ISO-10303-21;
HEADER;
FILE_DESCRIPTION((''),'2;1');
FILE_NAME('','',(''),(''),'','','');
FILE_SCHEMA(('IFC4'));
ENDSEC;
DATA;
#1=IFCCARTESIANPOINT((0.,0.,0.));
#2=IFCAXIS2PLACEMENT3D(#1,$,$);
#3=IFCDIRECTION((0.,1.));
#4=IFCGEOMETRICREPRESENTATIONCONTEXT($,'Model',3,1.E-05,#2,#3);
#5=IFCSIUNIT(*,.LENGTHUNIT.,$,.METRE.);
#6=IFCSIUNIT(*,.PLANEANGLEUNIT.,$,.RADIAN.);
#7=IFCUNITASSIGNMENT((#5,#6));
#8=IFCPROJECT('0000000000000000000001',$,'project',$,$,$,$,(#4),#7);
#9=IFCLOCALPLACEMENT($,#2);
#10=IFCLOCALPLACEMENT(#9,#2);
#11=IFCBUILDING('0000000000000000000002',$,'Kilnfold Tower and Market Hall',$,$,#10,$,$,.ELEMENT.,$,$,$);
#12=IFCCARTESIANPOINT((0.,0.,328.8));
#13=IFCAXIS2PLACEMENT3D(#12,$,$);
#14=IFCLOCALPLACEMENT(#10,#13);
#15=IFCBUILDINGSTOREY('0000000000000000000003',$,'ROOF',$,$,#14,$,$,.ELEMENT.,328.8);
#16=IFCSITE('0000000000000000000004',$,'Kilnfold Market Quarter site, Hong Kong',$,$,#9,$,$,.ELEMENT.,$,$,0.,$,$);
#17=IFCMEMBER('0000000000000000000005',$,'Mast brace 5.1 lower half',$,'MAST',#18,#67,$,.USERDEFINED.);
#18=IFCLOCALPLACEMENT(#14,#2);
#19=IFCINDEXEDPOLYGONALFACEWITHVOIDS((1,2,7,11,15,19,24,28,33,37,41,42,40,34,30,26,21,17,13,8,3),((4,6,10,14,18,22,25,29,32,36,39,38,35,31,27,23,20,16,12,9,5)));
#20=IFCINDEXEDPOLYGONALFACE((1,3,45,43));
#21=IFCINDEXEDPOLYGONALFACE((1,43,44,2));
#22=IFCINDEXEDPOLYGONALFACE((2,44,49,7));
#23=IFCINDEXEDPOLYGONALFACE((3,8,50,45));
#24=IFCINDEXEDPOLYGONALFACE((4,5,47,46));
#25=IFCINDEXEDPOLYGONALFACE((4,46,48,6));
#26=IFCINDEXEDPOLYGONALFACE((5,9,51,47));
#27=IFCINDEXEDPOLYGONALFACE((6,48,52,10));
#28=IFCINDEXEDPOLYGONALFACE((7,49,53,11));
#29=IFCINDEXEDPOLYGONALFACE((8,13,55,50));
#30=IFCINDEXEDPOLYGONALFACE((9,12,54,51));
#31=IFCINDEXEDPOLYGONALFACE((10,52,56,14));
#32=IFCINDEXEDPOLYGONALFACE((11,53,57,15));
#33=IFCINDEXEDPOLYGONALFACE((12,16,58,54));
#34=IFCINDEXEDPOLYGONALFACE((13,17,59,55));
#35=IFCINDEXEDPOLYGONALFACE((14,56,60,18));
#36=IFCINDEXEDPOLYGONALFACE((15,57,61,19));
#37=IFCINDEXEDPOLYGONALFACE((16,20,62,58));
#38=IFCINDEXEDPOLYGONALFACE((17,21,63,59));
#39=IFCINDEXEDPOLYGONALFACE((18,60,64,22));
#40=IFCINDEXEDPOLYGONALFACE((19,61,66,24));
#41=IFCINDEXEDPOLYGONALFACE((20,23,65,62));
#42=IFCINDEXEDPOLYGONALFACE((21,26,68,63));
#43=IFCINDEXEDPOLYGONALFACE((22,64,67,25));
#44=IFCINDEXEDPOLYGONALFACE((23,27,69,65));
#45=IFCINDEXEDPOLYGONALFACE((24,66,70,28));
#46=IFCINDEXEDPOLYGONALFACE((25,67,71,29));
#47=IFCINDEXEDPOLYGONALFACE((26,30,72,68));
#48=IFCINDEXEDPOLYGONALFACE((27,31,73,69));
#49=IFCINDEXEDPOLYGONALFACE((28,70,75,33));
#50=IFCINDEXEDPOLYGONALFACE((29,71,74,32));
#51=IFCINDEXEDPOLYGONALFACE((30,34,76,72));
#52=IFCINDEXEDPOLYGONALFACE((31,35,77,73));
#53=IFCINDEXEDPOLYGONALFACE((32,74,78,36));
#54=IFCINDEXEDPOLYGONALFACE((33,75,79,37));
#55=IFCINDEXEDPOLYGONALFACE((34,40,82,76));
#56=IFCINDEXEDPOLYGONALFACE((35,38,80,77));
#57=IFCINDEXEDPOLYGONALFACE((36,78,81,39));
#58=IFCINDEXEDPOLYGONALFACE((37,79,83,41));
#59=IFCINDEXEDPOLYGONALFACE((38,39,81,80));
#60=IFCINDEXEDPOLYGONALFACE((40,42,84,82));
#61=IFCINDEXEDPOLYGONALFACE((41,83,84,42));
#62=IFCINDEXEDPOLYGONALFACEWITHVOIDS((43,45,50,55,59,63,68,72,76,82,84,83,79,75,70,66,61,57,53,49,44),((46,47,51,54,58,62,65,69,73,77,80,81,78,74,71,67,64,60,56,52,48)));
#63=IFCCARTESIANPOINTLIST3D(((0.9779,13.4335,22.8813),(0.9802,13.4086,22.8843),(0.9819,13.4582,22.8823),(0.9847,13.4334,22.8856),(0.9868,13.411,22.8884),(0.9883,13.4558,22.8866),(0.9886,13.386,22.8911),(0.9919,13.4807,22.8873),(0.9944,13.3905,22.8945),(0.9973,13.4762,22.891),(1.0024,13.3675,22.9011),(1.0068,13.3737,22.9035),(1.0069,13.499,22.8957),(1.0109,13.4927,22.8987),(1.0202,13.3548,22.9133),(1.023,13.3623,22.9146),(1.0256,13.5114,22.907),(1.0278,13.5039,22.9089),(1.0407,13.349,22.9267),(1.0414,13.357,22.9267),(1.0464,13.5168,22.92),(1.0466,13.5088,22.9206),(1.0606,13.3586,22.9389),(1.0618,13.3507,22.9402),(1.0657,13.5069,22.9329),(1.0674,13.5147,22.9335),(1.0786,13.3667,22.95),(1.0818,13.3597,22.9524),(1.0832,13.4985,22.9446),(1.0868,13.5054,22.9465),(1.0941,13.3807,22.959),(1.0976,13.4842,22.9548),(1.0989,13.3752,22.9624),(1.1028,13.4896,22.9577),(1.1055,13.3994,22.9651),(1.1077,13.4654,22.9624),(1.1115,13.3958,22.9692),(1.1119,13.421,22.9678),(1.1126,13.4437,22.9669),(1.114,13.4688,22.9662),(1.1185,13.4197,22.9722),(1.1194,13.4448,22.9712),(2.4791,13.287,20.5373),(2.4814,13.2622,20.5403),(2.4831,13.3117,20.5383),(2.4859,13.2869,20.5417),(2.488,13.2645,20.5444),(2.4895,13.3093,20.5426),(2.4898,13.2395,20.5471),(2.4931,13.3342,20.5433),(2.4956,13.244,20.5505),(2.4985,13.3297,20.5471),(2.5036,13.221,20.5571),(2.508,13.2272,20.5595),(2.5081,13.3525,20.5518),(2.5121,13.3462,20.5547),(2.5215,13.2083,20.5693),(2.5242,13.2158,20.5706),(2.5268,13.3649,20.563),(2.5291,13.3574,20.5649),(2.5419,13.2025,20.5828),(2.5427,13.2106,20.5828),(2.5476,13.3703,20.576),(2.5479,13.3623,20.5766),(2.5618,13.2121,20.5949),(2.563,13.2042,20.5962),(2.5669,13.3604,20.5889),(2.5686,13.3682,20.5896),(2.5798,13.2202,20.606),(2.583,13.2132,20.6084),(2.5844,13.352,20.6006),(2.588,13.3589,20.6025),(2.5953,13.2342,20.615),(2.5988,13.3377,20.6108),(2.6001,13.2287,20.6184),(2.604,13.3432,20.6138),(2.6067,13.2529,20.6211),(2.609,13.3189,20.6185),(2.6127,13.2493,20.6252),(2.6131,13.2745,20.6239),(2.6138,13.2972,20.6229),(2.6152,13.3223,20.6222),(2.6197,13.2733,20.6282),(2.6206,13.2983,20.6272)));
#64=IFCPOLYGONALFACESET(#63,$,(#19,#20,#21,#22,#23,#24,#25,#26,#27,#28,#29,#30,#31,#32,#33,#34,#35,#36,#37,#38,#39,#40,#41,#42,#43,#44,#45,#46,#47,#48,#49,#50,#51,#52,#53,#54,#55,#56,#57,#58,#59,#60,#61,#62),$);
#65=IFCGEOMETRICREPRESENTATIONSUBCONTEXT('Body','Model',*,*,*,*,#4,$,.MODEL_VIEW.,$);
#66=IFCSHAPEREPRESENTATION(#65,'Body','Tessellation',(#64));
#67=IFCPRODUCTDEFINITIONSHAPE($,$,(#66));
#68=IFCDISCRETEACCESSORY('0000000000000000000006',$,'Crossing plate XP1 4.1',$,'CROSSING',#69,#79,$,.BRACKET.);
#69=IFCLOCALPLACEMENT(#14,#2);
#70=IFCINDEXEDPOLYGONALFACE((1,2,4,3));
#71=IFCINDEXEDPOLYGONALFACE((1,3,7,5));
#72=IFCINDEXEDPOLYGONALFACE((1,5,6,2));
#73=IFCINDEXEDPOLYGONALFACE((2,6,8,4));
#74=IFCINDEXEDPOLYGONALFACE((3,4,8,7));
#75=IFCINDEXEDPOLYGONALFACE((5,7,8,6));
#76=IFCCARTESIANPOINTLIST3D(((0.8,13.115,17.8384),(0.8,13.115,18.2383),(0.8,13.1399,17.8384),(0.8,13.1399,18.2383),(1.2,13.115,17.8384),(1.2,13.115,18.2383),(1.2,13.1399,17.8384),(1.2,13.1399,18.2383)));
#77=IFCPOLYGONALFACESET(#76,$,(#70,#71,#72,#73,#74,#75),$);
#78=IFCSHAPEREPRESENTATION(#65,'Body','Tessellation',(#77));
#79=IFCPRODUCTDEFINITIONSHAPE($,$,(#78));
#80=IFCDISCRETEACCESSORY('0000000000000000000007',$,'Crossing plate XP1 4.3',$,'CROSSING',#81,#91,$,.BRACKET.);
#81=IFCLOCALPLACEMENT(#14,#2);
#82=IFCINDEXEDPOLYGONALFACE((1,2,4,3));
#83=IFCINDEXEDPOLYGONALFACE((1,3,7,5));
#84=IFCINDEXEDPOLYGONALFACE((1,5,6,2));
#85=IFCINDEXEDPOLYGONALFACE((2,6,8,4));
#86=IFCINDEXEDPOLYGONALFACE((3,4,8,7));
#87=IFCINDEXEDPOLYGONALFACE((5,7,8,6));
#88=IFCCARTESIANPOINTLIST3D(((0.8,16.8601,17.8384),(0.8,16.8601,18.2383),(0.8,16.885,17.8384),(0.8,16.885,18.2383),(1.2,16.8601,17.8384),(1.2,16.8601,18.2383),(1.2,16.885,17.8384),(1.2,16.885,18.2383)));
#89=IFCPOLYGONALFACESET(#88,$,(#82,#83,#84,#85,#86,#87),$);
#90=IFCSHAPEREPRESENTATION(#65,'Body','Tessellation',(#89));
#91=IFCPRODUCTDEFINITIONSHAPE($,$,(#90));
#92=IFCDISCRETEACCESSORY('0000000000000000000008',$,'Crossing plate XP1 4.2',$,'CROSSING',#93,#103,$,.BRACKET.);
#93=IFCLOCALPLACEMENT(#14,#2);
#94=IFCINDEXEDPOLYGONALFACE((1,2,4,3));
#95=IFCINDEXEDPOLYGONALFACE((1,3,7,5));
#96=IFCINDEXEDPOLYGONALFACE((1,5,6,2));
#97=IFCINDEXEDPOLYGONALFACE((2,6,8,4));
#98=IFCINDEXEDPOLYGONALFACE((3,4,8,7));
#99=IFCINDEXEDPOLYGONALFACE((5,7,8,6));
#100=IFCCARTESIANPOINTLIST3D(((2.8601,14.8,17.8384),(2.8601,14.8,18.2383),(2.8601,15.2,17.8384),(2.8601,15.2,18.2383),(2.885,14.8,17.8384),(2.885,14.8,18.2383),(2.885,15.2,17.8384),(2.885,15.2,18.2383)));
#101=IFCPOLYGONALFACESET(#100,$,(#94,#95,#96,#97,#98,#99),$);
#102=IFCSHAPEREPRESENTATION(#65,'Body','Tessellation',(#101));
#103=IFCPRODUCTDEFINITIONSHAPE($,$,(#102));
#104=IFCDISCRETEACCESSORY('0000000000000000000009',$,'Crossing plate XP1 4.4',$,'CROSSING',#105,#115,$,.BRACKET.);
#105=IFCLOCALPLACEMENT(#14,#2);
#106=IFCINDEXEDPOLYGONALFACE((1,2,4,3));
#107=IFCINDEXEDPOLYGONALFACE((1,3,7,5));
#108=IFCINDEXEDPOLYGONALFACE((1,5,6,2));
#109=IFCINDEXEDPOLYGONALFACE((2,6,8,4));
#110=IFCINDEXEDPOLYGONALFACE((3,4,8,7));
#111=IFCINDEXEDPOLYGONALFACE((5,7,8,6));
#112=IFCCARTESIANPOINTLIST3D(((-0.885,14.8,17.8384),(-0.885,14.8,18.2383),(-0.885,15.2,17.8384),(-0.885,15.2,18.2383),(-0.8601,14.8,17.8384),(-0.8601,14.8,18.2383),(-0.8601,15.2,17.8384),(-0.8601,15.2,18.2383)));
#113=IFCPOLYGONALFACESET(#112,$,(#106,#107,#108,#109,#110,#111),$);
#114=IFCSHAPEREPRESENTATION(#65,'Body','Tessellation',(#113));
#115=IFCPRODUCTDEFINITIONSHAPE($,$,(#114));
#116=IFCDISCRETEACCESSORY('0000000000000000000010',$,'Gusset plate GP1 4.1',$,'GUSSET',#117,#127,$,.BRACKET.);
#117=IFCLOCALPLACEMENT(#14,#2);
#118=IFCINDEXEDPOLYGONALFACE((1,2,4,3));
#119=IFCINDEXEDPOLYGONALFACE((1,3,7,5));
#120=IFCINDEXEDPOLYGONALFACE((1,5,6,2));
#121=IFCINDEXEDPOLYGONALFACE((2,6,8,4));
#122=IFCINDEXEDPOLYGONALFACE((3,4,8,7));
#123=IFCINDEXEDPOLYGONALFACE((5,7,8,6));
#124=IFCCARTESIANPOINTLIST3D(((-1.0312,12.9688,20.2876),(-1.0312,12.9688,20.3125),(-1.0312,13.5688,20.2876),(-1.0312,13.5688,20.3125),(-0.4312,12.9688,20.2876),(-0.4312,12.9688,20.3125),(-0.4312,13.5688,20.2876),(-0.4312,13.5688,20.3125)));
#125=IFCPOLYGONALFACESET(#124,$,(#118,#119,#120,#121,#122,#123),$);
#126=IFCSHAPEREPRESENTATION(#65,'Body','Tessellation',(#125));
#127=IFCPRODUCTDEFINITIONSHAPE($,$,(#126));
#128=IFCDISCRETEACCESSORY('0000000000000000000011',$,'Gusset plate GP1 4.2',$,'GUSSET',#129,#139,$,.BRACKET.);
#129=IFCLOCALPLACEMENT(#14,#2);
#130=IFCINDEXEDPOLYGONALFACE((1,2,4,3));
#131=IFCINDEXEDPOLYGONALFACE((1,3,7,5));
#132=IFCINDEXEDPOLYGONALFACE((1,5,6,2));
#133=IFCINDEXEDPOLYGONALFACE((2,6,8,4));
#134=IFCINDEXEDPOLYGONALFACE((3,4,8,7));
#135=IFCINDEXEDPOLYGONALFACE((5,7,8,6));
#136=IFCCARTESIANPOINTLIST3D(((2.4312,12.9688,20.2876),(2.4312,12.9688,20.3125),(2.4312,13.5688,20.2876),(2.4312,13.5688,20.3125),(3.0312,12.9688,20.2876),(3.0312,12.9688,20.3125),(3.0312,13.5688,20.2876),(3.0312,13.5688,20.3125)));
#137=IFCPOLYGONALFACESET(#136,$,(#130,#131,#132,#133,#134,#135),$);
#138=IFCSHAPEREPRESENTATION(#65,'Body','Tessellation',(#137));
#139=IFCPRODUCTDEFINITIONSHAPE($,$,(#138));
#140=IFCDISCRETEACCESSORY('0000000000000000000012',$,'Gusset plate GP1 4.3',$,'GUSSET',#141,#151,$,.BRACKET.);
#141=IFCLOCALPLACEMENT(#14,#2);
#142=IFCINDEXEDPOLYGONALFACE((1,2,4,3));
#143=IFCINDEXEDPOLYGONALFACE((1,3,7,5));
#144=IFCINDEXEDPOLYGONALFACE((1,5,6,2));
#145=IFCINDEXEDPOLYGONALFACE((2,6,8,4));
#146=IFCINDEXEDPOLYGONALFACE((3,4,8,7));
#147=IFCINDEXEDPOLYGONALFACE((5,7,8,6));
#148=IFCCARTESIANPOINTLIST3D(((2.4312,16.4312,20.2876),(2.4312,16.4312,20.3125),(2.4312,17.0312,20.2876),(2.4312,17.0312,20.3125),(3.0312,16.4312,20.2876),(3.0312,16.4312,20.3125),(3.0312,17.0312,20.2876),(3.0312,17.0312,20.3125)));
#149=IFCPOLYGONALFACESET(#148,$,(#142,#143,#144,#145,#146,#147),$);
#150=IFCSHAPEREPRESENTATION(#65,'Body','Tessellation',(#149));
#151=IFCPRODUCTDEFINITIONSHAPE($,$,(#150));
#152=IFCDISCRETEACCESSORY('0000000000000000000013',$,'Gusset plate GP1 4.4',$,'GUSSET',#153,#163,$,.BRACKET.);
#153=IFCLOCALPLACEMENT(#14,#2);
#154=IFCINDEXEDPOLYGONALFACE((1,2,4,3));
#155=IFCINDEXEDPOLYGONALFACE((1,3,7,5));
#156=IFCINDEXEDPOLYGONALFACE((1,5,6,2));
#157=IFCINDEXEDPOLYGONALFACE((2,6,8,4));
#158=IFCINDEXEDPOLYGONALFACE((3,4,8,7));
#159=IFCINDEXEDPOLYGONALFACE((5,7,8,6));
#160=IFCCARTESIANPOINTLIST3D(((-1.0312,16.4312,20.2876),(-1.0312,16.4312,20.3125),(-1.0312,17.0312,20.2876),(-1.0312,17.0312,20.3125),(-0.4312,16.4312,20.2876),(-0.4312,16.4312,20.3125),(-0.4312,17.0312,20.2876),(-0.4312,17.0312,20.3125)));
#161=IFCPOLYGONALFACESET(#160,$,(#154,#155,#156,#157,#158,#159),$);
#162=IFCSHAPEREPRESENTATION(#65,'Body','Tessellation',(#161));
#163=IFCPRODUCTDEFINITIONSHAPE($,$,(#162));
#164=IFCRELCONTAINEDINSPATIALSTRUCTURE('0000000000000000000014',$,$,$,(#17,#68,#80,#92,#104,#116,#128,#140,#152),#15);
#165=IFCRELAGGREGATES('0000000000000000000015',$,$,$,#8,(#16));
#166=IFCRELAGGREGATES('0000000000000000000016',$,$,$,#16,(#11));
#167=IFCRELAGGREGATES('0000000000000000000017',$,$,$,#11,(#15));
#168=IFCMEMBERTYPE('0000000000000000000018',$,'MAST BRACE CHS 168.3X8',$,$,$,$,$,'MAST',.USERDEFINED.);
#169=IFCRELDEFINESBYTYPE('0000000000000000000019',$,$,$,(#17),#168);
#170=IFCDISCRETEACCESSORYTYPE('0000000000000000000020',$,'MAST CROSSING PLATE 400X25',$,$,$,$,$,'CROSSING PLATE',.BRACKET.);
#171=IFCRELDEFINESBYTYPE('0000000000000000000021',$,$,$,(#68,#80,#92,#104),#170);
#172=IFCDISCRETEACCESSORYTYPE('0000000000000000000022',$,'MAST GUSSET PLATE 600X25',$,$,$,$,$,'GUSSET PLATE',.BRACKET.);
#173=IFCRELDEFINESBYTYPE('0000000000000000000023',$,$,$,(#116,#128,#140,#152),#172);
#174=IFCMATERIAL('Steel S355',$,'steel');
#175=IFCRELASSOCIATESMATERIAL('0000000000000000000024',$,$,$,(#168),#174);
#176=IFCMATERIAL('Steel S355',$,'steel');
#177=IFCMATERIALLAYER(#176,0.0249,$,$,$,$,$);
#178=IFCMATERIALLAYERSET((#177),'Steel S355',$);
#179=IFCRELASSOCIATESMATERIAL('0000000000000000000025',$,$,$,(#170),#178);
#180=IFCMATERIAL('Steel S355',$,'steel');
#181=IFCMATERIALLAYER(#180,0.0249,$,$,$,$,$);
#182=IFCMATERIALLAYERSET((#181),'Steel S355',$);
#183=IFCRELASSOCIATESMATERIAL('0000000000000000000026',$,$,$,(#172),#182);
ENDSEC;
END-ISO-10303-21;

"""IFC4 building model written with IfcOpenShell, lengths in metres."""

from ifc_helpers import new_model, si_unit, direction, frame, origin, origin_2d, place, context, subcontext, project, spatial, rectangle, hollow_circle, extrude, source, transform, mapped, material, layer, layer_set, material_profile, profile_set, type_object, element, save


model = new_model("IFC4")

# Units and contexts
model_context = context("Model", 3, precision=1e-05, world=origin(), true_north=direction((0.0, 1.0)))
body_context = subcontext(model_context, "Body", "Model", "MODEL_VIEW")
ifc_project = project(units=[si_unit("LENGTHUNIT", "METRE"), si_unit("PLANEANGLEUNIT", "RADIAN")], contexts=[model_context])

# Site, building, storey
site_placement = place(None, origin())
site = spatial("IfcSite", under=ifc_project, at=site_placement, Name="Kilnfold Market Quarter site, Hong Kong", CompositionType="ELEMENT", RefElevation=0.0)
building_placement = place(site_placement, origin())
building = spatial("IfcBuilding", under=site, at=building_placement, Name="Kilnfold Tower and Market Hall", CompositionType="ELEMENT")
storey_placement = place(building_placement, frame((0.0, 0.0, 328.8)))
storey = spatial("IfcBuildingStorey", under=building, at=storey_placement, Name="ROOF", CompositionType="ELEMENT", Elevation=328.8)

# Member
ifc_material_1 = material(Name="Steel S355", Category="steel")
ifc_material_profile_1 = material_profile(ifc_material_1, hollow_circle(Radius=0.0842, WallThickness=0.0081, at=origin_2d()), Name="CHS 168.3x8")
ifc_profile_set_1 = profile_set([ifc_material_profile_1], Name="Steel S355")
member_type_1 = type_object("IfcMemberType", Name="MAST BRACE CHS 168.3X8", ElementType="MAST", PredefinedType="USERDEFINED", material=ifc_profile_set_1)
shared_shape_1 = source(origin(), body_context, "Body", "SweptSolid", [
    extrude(hollow_circle(Radius=0.0842, WallThickness=0.0081, at=origin_2d()), origin(), (0.0, 0.0, 1.0), 2.7874),
])
member_placement = place(storey_placement, frame((2.55, 13.2864, 20.5828), z_axis=(-0.53858, 0.052553, 0.840934), x_axis=(-0.097116, -0.995273, 0.0)))
element("IfcMember", 1, at=member_placement, inside=storey, type_object=member_type_1, Name="Mast brace 5.1 lower half", ObjectType="MAST", PredefinedType="USERDEFINED", context=body_context, shape_type="MappedRepresentation", body=[
    mapped(shared_shape_1, transform((0.0, 0.0, 0.0))),
])

# Discrete accessories
ifc_material_2 = material(Name="Steel S355", Category="steel")
ifc_layer_1 = layer(ifc_material_2, 0.0249)
ifc_layer_set_1 = layer_set([ifc_layer_1], Name="Steel S355")
discrete_accessory_type_1 = type_object("IfcDiscreteAccessoryType", Name="MAST CROSSING PLATE 400X25", ElementType="CROSSING PLATE", PredefinedType="BRACKET", material=ifc_layer_set_1)
shared_shape_2 = source(origin(), body_context, "Body", "SweptSolid", [
    extrude(rectangle(XDim=0.3999, YDim=0.0249, at=origin_2d()), origin(), (0.0, 0.0, 1.0), 0.3999),
])
for number, where, z_axis, x_axis, name in (
    (2, (1.0, 13.1274, 17.8384), (0.0, 0.0, 1.0), (1.0, 0.0, 0.0), "Crossing plate XP1 4.1"),
    (3, (1.0, 16.8726, 17.8384), (0.0, 0.0, 1.0), (1.0, 0.0, 0.0), "Crossing plate XP1 4.3"),
):
    element("IfcDiscreteAccessory", number, at=place(storey_placement, frame(where, z_axis=z_axis, x_axis=x_axis)), inside=storey, type_object=discrete_accessory_type_1, Name=name, ObjectType="CROSSING", PredefinedType="BRACKET", context=body_context, shape_type="MappedRepresentation", body=[
        mapped(shared_shape_2, transform((0.0, 0.0, 0.0))),
    ])
shared_shape_3 = source(origin(), body_context, "Body", "SweptSolid", [
    extrude(rectangle(XDim=0.0249, YDim=0.3999, at=origin_2d()), origin(), (0.0, 0.0, 1.0), 0.3999),
])
for number, where, z_axis, x_axis, name in (
    (4, (2.8726, 15.0, 17.8384), (0.0, 0.0, 1.0), (1.0, 0.0, 0.0), "Crossing plate XP1 4.2"),
    (5, (-0.8726, 15.0, 17.8384), (0.0, 0.0, 1.0), (1.0, 0.0, 0.0), "Crossing plate XP1 4.4"),
):
    element("IfcDiscreteAccessory", number, at=place(storey_placement, frame(where, z_axis=z_axis, x_axis=x_axis)), inside=storey, type_object=discrete_accessory_type_1, Name=name, ObjectType="CROSSING", PredefinedType="BRACKET", context=body_context, shape_type="MappedRepresentation", body=[
        mapped(shared_shape_3, transform((0.0, 0.0, 0.0))),
    ])
ifc_material_3 = material(Name="Steel S355", Category="steel")
ifc_layer_2 = layer(ifc_material_3, 0.0249)
ifc_layer_set_2 = layer_set([ifc_layer_2], Name="Steel S355")
discrete_accessory_type_2 = type_object("IfcDiscreteAccessoryType", Name="MAST GUSSET PLATE 600X25", ElementType="GUSSET PLATE", PredefinedType="BRACKET", material=ifc_layer_set_2)
shared_shape_4 = source(origin(), body_context, "Body", "SweptSolid", [
    extrude(rectangle(XDim=0.6001, YDim=0.6001, at=origin_2d()), origin(), (0.0, 0.0, 1.0), 0.0249),
])
for number, where, z_axis, x_axis, name in (
    (6, (-0.7312, 13.2688, 20.2876), (0.0, 0.0, 1.0), (1.0, 0.0, 0.0), "Gusset plate GP1 4.1"),
    (7, (2.7312, 13.2688, 20.2876), (0.0, 0.0, 1.0), (1.0, 0.0, 0.0), "Gusset plate GP1 4.2"),
    (8, (2.7312, 16.7312, 20.2876), (0.0, 0.0, 1.0), (1.0, 0.0, 0.0), "Gusset plate GP1 4.3"),
    (9, (-0.7312, 16.7312, 20.2876), (0.0, 0.0, 1.0), (1.0, 0.0, 0.0), "Gusset plate GP1 4.4"),
):
    element("IfcDiscreteAccessory", number, at=place(storey_placement, frame(where, z_axis=z_axis, x_axis=x_axis)), inside=storey, type_object=discrete_accessory_type_2, Name=name, ObjectType="GUSSET", PredefinedType="BRACKET", context=body_context, shape_type="MappedRepresentation", body=[
        mapped(shared_shape_4, transform((0.0, 0.0, 0.0))),
    ])

save(model, "model.ifc")
